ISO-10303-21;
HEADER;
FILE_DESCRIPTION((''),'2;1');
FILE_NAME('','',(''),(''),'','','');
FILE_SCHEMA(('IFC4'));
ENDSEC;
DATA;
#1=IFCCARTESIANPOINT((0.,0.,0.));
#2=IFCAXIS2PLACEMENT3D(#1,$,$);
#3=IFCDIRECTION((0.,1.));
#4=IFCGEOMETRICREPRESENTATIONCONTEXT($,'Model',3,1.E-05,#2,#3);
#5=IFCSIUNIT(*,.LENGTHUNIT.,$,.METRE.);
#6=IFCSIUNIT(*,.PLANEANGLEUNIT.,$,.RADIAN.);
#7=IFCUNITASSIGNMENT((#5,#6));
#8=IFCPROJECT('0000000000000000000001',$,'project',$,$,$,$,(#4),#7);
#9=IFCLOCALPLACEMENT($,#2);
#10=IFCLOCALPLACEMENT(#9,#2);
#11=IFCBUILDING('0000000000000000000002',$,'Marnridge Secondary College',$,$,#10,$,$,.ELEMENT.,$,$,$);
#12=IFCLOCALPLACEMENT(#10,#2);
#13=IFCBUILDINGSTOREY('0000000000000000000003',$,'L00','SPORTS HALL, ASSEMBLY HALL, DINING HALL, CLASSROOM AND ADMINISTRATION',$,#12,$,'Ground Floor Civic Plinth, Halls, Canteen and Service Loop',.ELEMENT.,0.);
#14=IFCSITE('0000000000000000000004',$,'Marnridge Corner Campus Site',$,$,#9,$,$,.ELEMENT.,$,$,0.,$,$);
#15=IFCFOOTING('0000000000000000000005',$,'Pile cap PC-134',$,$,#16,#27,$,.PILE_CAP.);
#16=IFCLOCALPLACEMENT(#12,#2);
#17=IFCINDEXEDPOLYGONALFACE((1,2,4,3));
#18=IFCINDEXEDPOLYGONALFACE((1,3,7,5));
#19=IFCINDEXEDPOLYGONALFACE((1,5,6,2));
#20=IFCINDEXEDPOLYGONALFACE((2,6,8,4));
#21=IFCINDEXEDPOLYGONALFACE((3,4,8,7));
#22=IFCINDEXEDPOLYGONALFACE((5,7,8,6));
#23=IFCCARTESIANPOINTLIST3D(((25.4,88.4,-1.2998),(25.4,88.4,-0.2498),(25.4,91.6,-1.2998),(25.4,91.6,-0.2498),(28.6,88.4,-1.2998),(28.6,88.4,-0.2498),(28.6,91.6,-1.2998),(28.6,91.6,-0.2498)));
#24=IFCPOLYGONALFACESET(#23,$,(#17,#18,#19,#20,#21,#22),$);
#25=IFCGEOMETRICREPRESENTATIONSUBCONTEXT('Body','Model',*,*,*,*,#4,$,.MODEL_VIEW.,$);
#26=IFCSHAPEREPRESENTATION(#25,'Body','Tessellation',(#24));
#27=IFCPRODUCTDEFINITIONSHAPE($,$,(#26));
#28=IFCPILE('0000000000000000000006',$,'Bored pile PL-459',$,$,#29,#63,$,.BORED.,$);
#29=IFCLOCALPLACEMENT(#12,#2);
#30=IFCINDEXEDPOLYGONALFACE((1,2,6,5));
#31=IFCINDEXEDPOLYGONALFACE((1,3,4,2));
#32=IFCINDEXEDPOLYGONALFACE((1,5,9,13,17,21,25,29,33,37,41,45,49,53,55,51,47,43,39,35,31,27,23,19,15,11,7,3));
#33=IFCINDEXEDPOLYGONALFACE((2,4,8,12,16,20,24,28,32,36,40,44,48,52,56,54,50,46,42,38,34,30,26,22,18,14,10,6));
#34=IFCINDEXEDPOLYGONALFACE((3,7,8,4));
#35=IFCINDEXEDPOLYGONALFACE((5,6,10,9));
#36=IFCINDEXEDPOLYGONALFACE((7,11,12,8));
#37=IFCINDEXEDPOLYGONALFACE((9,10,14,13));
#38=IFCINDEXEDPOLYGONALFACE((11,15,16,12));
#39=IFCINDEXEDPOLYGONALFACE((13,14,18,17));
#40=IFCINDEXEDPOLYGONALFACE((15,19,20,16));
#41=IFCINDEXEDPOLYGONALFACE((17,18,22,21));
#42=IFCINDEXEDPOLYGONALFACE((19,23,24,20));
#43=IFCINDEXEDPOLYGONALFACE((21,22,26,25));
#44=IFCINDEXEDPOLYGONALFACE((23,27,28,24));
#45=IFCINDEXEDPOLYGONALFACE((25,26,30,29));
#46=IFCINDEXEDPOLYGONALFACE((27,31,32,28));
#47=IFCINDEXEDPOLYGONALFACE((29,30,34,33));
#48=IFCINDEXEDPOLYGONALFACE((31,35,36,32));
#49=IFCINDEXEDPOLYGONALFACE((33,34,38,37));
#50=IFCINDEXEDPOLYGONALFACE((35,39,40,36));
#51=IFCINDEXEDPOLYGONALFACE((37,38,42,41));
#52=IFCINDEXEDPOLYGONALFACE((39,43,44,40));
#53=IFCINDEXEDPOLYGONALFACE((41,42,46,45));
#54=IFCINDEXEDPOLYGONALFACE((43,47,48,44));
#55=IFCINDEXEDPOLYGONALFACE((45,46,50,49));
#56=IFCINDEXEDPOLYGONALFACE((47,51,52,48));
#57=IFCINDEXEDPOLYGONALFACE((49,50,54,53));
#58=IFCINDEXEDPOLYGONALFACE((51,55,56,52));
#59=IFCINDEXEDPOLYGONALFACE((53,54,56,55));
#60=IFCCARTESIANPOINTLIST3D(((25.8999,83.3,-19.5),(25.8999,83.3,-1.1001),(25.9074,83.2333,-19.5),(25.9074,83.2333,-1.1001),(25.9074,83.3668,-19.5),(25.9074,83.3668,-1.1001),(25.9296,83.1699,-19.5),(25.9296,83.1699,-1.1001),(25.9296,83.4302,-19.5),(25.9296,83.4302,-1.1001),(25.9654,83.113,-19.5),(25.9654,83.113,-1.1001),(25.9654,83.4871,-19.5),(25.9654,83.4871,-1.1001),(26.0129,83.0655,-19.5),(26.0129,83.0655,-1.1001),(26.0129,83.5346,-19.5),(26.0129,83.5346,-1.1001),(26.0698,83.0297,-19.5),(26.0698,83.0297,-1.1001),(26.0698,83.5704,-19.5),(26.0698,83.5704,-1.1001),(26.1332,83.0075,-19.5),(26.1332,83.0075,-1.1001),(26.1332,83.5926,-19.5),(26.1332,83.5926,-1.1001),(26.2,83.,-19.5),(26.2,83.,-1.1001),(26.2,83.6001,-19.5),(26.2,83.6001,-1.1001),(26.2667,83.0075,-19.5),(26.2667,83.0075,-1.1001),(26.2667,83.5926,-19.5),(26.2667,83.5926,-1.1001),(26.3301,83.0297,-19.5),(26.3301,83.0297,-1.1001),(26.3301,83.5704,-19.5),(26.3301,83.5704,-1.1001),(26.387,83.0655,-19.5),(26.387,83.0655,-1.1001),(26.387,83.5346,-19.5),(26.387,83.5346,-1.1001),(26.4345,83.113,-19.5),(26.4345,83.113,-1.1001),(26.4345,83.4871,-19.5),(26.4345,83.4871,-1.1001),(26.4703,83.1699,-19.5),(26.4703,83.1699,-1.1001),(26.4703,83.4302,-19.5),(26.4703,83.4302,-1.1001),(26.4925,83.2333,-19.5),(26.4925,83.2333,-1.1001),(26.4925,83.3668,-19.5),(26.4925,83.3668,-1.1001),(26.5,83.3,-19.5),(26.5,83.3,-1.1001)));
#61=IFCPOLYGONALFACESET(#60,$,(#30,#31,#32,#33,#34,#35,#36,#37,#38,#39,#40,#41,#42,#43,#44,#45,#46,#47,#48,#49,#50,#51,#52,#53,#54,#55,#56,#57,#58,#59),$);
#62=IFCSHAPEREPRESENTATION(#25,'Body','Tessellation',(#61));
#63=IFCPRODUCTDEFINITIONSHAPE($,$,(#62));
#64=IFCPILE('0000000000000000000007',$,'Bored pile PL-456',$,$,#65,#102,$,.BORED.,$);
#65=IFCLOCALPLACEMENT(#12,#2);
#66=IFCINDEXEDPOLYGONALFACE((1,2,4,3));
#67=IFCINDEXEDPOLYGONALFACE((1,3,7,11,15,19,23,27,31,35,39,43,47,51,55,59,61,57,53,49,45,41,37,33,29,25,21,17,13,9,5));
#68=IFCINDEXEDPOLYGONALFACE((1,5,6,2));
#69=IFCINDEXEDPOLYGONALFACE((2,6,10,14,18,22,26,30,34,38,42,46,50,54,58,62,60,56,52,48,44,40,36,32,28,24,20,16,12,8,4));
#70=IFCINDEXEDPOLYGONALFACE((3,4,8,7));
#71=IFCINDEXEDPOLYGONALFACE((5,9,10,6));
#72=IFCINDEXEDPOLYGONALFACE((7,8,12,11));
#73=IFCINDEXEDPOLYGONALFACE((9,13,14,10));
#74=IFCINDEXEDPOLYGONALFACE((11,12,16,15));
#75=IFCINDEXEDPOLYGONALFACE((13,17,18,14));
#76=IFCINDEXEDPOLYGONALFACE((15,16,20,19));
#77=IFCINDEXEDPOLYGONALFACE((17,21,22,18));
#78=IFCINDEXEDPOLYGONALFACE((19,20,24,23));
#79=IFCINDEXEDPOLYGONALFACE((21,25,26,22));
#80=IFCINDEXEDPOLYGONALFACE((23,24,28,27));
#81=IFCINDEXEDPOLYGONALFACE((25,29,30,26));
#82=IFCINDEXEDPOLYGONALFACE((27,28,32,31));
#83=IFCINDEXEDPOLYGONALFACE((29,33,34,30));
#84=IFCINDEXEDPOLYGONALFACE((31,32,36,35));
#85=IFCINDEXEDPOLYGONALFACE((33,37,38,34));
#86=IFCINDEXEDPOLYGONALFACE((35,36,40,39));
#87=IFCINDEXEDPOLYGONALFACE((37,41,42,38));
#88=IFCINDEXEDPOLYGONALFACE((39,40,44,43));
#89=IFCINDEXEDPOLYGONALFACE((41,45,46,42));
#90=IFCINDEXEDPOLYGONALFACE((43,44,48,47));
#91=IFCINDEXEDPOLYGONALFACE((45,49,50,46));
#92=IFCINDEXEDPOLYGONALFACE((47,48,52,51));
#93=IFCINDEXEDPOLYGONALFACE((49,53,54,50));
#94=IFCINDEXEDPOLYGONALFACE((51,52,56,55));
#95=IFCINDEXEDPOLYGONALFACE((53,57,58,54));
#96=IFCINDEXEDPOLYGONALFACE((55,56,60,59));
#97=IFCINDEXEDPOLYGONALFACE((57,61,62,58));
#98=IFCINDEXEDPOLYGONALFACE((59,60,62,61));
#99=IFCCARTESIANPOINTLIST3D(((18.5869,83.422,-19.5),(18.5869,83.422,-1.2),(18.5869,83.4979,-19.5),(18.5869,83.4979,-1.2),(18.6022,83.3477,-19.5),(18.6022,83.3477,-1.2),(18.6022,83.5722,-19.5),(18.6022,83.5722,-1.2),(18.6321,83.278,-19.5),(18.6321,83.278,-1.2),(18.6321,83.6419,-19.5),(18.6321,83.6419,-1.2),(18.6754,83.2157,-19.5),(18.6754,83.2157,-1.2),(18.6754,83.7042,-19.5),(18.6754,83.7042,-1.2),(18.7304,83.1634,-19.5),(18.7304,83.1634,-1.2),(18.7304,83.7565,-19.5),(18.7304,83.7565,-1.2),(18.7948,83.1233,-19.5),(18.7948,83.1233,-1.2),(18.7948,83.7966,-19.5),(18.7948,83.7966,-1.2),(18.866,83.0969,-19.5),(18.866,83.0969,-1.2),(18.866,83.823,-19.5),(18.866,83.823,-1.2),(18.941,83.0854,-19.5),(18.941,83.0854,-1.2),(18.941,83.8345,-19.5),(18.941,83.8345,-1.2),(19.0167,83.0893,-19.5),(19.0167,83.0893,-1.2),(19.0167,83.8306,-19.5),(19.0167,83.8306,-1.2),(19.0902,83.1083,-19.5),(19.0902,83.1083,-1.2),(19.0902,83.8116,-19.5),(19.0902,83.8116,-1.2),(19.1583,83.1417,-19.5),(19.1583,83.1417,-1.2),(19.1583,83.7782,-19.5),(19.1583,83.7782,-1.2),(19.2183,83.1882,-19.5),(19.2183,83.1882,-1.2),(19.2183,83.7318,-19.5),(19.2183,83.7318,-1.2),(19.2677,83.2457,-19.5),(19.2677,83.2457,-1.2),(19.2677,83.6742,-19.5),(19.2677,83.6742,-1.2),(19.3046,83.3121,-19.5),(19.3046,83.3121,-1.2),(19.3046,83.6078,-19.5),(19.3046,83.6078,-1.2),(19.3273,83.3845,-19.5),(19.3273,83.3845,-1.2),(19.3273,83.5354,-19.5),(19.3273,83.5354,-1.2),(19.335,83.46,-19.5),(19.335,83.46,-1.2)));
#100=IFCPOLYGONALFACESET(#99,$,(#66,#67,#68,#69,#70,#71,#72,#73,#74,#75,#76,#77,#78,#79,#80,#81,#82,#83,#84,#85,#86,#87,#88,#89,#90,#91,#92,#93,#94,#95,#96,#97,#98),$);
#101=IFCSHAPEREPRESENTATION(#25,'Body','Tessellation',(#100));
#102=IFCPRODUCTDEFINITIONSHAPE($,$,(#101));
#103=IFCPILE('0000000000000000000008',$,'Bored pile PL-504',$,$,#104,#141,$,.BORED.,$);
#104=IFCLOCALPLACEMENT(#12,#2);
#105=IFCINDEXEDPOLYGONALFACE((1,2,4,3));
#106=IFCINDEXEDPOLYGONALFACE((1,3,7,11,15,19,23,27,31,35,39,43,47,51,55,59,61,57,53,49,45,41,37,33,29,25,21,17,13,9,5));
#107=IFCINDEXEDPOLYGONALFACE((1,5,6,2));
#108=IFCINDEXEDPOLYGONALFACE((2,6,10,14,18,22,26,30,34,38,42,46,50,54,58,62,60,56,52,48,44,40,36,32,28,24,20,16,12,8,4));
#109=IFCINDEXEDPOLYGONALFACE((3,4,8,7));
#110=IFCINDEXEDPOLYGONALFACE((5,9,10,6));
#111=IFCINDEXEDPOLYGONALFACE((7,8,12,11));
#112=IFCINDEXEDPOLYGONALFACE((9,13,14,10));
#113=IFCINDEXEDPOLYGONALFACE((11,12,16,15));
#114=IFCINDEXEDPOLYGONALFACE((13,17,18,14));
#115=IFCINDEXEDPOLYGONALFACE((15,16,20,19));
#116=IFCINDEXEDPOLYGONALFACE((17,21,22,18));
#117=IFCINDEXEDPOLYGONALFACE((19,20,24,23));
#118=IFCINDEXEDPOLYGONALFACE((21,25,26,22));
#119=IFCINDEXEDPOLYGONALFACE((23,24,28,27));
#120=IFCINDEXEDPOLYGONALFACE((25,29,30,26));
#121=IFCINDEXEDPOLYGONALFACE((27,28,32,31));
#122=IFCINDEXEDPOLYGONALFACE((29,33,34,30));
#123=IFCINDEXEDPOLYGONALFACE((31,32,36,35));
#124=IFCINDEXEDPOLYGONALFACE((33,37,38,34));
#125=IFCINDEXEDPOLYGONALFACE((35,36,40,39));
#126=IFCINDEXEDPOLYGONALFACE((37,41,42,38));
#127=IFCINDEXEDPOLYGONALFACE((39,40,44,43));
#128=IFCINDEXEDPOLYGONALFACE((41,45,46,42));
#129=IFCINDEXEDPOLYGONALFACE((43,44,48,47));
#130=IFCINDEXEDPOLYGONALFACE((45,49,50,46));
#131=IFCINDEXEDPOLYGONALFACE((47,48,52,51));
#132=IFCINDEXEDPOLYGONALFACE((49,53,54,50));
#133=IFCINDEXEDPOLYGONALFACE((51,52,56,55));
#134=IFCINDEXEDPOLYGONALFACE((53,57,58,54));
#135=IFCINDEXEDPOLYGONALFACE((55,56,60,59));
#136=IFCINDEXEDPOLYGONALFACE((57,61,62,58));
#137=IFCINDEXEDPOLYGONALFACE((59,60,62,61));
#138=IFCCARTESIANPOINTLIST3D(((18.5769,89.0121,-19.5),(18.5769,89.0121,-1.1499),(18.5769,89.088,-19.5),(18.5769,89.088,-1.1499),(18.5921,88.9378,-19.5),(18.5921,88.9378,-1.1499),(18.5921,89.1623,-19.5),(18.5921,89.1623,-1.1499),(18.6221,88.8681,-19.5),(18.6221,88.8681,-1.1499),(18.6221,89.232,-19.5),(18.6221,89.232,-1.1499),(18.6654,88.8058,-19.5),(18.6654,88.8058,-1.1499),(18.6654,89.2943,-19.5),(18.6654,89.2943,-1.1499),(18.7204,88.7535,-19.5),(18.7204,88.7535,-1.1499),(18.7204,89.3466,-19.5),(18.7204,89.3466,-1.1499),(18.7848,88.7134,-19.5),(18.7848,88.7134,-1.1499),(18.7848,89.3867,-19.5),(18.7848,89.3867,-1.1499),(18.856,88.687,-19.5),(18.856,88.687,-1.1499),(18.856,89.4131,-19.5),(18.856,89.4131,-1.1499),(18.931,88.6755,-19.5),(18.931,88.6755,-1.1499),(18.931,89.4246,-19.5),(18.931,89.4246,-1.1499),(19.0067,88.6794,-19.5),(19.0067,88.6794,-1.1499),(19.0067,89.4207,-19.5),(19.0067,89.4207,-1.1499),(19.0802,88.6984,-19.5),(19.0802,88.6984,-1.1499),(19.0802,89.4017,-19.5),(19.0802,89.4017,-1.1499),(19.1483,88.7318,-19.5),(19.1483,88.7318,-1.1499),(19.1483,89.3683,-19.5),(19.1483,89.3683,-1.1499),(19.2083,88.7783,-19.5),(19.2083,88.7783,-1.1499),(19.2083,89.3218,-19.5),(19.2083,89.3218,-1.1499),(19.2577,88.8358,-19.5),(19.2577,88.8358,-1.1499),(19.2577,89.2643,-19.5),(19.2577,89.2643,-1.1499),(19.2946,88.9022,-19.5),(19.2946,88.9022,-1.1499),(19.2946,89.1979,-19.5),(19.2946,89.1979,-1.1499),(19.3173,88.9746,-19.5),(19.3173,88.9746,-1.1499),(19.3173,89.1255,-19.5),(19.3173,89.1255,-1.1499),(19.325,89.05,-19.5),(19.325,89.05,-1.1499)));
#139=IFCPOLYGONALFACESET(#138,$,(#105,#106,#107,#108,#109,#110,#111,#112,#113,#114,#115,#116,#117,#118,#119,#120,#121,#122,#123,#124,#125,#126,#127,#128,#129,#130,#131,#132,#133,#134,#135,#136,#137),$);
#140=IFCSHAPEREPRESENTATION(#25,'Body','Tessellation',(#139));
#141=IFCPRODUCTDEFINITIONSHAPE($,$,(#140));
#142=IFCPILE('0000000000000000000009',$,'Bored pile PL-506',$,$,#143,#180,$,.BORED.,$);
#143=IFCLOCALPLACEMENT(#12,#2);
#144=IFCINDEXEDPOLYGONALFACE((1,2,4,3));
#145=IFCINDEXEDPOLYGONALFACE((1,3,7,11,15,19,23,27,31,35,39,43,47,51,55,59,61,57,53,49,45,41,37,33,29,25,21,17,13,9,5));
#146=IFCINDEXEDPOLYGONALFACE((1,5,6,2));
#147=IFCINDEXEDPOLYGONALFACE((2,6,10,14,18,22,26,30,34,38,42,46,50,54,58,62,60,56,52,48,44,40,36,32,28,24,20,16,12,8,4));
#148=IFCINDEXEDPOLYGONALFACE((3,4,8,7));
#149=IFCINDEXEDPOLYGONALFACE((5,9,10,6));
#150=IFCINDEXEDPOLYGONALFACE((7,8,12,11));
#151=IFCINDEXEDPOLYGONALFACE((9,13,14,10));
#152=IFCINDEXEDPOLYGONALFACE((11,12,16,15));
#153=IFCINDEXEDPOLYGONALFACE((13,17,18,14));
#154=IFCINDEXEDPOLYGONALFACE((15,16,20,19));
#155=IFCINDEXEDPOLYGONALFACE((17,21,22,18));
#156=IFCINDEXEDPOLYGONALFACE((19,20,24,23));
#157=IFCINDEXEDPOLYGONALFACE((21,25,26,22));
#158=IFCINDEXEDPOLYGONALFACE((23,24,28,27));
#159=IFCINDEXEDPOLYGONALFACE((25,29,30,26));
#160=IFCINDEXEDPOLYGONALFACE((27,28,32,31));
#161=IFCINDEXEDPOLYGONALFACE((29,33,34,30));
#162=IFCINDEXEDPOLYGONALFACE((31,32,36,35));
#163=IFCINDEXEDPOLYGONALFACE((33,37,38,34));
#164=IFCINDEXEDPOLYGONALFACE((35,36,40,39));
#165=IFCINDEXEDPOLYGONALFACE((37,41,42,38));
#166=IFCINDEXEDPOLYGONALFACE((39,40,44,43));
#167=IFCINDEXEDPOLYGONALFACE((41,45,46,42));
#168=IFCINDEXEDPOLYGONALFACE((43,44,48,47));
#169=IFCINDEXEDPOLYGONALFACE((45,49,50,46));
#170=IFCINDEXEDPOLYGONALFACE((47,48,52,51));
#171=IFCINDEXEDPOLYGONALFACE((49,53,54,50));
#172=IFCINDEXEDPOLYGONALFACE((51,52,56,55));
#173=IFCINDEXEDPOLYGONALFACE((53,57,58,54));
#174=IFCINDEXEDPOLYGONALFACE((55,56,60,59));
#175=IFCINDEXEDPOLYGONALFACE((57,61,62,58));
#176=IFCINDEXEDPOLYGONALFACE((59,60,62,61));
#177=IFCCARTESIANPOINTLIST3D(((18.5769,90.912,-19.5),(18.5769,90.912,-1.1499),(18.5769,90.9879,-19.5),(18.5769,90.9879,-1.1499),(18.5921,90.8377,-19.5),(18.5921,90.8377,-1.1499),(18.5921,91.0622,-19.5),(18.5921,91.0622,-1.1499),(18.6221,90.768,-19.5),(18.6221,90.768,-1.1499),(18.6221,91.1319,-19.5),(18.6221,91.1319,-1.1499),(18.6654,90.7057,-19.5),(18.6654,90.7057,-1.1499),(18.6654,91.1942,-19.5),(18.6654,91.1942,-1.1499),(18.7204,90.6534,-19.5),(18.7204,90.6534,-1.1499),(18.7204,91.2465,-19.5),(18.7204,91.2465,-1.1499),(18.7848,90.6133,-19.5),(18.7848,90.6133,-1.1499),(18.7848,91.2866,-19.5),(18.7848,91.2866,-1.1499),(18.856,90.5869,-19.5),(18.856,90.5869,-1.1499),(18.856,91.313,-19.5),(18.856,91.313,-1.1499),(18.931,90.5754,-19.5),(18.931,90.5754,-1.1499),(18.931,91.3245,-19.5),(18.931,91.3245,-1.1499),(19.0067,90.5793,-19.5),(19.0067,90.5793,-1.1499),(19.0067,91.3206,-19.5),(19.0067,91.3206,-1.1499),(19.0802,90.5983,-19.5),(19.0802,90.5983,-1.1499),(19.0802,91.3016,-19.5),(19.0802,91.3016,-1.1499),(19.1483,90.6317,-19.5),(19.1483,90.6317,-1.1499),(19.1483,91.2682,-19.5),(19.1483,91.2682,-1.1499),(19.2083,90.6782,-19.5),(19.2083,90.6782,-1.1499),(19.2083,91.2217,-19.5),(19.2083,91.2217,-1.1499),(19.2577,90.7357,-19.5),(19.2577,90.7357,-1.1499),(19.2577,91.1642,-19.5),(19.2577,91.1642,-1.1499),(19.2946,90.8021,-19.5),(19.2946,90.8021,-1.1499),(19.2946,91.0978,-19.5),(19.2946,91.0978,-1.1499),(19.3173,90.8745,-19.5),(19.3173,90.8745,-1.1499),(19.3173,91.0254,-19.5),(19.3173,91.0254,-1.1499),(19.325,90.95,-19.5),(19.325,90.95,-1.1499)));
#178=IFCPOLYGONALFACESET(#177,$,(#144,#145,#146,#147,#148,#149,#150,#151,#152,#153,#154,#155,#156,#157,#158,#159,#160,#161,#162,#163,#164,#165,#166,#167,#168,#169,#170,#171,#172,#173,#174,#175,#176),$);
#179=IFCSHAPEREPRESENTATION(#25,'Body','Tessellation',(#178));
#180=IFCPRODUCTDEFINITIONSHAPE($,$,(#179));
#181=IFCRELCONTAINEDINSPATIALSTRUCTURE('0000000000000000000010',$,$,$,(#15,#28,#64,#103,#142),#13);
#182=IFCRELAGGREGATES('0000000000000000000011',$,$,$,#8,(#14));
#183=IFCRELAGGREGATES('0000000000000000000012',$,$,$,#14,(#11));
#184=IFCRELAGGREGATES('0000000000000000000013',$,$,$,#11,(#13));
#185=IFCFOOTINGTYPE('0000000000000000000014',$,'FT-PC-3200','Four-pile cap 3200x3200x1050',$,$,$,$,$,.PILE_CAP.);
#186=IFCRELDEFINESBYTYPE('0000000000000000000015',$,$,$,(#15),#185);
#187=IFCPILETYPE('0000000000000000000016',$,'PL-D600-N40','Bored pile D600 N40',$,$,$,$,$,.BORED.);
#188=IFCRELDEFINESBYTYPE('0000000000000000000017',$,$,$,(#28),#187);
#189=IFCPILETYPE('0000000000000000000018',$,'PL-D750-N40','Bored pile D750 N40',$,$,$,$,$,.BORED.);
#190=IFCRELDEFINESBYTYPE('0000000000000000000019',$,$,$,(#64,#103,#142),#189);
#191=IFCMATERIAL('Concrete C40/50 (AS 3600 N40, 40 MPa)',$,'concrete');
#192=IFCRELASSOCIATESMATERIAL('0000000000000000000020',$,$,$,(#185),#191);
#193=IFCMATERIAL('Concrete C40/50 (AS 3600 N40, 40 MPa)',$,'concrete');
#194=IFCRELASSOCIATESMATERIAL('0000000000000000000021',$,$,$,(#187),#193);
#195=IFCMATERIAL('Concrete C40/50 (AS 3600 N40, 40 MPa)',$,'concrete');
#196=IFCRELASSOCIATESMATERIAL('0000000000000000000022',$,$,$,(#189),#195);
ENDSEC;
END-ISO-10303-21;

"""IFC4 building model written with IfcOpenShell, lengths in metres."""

from ifc_helpers import new_model, si_unit, direction, frame, origin, origin_2d, place, context, subcontext, project, spatial, rectangle, circle, extrude, material, material_profile, profile_set, type_object, element, save


model = new_model("IFC4")

# Units and contexts
model_context = context("Model", 3, precision=1e-05, world=origin(), true_north=direction((0.0, 1.0)))
body_context = subcontext(model_context, "Body", "Model", "MODEL_VIEW")
ifc_project = project(units=[si_unit("LENGTHUNIT", "METRE"), si_unit("PLANEANGLEUNIT", "RADIAN")], contexts=[model_context])

# Site, building, storey
site_placement = place(None, origin())
site = spatial("IfcSite", under=ifc_project, at=site_placement, Name="Marnridge Corner Campus Site", CompositionType="ELEMENT", RefElevation=0.0)
building_placement = place(site_placement, origin())
building = spatial("IfcBuilding", under=site, at=building_placement, Name="Marnridge Secondary College", CompositionType="ELEMENT")
storey_placement = place(building_placement, origin())
storey = spatial("IfcBuildingStorey", under=building, at=storey_placement, Name="L00", Description="SPORTS HALL, ASSEMBLY HALL, DINING HALL, CLASSROOM AND ADMINISTRATION", LongName="Ground Floor Civic Plinth, Halls, Canteen and Service Loop", CompositionType="ELEMENT", Elevation=0.0)

# Footing
ifc_material_1 = material(Name="Concrete C40/50 (AS 3600 N40, 40 MPa)", Category="concrete")
footing_type = type_object("IfcFootingType", Name="FT-PC-3200", Description="Four-pile cap 3200x3200x1050", PredefinedType="PILE_CAP", material=ifc_material_1)
footing_placement = place(storey_placement, frame((27.0, 90.0, -1.2998), z_axis=(0.0, 0.0, 1.0), x_axis=(1.0, 0.0, 0.0)))
element("IfcFooting", 1, at=footing_placement, inside=storey, type_object=footing_type, Name="Pile cap PC-134", PredefinedType="PILE_CAP", context=body_context, shape_type="SweptSolid", body=[
    extrude(rectangle(XDim=3.2, YDim=3.2, at=origin_2d()), origin(), (0.0, 0.0, 1.0), 1.05),
])

# Piles
ifc_material_2 = material(Name="Concrete C40/50 (AS 3600 N40, 40 MPa)", Category="concrete")
ifc_material_profile_1 = material_profile(ifc_material_2, circle(Radius=0.3, at=origin_2d()), Name="PILE D600")
ifc_profile_set_1 = profile_set([ifc_material_profile_1], Name="Concrete C40/50 (AS 3600 N40, 40 MPa)")
pile_type_1 = type_object("IfcPileType", Name="PL-D600-N40", Description="Bored pile D600 N40", PredefinedType="BORED", material=ifc_profile_set_1)
pile_1_placement = place(storey_placement, frame((26.2, 83.3, -1.1001), z_axis=(0.0, 0.0, -1.0), x_axis=(1.0, 0.0, 0.0)))
element("IfcPile", 2, at=pile_1_placement, inside=storey, type_object=pile_type_1, Name="Bored pile PL-459", PredefinedType="BORED", context=body_context, shape_type="SweptSolid", body=[
    extrude(circle(Radius=0.3, at=origin_2d()), origin(), (0.0, 0.0, 1.0), 18.3999),
])
ifc_material_3 = material(Name="Concrete C40/50 (AS 3600 N40, 40 MPa)", Category="concrete")
ifc_material_profile_2 = material_profile(ifc_material_3, circle(Radius=0.375, at=origin_2d()), Name="PILE D750")
ifc_profile_set_2 = profile_set([ifc_material_profile_2], Name="Concrete C40/50 (AS 3600 N40, 40 MPa)")
pile_type_2 = type_object("IfcPileType", Name="PL-D750-N40", Description="Bored pile D750 N40", PredefinedType="BORED", material=ifc_profile_set_2)
pile_2_placement = place(storey_placement, frame((18.96, 83.46, -1.2), z_axis=(0.0, 0.0, -1.0), x_axis=(1.0, 0.0, 0.0)))
element("IfcPile", 3, at=pile_2_placement, inside=storey, type_object=pile_type_2, Name="Bored pile PL-456", PredefinedType="BORED", context=body_context, shape_type="SweptSolid", body=[
    extrude(circle(Radius=0.375, at=origin_2d()), origin(), (0.0, 0.0, 1.0), 18.3),
])
for number, where, z_axis, x_axis, name in (
    (4, (18.95, 89.05, -1.1499), (0.0, 0.0, -1.0), (1.0, 0.0, 0.0), "Bored pile PL-504"),
    (5, (18.95, 90.95, -1.1499), (0.0, 0.0, -1.0), (1.0, 0.0, 0.0), "Bored pile PL-506"),
):
    element("IfcPile", number, at=place(storey_placement, frame(where, z_axis=z_axis, x_axis=x_axis)), inside=storey, type_object=pile_type_2, Name=name, PredefinedType="BORED", context=body_context, shape_type="SweptSolid", body=[
        extrude(circle(Radius=0.375, at=origin_2d()), origin(), (0.0, 0.0, 1.0), 18.3501),
    ])

save(model, "model.ifc")
